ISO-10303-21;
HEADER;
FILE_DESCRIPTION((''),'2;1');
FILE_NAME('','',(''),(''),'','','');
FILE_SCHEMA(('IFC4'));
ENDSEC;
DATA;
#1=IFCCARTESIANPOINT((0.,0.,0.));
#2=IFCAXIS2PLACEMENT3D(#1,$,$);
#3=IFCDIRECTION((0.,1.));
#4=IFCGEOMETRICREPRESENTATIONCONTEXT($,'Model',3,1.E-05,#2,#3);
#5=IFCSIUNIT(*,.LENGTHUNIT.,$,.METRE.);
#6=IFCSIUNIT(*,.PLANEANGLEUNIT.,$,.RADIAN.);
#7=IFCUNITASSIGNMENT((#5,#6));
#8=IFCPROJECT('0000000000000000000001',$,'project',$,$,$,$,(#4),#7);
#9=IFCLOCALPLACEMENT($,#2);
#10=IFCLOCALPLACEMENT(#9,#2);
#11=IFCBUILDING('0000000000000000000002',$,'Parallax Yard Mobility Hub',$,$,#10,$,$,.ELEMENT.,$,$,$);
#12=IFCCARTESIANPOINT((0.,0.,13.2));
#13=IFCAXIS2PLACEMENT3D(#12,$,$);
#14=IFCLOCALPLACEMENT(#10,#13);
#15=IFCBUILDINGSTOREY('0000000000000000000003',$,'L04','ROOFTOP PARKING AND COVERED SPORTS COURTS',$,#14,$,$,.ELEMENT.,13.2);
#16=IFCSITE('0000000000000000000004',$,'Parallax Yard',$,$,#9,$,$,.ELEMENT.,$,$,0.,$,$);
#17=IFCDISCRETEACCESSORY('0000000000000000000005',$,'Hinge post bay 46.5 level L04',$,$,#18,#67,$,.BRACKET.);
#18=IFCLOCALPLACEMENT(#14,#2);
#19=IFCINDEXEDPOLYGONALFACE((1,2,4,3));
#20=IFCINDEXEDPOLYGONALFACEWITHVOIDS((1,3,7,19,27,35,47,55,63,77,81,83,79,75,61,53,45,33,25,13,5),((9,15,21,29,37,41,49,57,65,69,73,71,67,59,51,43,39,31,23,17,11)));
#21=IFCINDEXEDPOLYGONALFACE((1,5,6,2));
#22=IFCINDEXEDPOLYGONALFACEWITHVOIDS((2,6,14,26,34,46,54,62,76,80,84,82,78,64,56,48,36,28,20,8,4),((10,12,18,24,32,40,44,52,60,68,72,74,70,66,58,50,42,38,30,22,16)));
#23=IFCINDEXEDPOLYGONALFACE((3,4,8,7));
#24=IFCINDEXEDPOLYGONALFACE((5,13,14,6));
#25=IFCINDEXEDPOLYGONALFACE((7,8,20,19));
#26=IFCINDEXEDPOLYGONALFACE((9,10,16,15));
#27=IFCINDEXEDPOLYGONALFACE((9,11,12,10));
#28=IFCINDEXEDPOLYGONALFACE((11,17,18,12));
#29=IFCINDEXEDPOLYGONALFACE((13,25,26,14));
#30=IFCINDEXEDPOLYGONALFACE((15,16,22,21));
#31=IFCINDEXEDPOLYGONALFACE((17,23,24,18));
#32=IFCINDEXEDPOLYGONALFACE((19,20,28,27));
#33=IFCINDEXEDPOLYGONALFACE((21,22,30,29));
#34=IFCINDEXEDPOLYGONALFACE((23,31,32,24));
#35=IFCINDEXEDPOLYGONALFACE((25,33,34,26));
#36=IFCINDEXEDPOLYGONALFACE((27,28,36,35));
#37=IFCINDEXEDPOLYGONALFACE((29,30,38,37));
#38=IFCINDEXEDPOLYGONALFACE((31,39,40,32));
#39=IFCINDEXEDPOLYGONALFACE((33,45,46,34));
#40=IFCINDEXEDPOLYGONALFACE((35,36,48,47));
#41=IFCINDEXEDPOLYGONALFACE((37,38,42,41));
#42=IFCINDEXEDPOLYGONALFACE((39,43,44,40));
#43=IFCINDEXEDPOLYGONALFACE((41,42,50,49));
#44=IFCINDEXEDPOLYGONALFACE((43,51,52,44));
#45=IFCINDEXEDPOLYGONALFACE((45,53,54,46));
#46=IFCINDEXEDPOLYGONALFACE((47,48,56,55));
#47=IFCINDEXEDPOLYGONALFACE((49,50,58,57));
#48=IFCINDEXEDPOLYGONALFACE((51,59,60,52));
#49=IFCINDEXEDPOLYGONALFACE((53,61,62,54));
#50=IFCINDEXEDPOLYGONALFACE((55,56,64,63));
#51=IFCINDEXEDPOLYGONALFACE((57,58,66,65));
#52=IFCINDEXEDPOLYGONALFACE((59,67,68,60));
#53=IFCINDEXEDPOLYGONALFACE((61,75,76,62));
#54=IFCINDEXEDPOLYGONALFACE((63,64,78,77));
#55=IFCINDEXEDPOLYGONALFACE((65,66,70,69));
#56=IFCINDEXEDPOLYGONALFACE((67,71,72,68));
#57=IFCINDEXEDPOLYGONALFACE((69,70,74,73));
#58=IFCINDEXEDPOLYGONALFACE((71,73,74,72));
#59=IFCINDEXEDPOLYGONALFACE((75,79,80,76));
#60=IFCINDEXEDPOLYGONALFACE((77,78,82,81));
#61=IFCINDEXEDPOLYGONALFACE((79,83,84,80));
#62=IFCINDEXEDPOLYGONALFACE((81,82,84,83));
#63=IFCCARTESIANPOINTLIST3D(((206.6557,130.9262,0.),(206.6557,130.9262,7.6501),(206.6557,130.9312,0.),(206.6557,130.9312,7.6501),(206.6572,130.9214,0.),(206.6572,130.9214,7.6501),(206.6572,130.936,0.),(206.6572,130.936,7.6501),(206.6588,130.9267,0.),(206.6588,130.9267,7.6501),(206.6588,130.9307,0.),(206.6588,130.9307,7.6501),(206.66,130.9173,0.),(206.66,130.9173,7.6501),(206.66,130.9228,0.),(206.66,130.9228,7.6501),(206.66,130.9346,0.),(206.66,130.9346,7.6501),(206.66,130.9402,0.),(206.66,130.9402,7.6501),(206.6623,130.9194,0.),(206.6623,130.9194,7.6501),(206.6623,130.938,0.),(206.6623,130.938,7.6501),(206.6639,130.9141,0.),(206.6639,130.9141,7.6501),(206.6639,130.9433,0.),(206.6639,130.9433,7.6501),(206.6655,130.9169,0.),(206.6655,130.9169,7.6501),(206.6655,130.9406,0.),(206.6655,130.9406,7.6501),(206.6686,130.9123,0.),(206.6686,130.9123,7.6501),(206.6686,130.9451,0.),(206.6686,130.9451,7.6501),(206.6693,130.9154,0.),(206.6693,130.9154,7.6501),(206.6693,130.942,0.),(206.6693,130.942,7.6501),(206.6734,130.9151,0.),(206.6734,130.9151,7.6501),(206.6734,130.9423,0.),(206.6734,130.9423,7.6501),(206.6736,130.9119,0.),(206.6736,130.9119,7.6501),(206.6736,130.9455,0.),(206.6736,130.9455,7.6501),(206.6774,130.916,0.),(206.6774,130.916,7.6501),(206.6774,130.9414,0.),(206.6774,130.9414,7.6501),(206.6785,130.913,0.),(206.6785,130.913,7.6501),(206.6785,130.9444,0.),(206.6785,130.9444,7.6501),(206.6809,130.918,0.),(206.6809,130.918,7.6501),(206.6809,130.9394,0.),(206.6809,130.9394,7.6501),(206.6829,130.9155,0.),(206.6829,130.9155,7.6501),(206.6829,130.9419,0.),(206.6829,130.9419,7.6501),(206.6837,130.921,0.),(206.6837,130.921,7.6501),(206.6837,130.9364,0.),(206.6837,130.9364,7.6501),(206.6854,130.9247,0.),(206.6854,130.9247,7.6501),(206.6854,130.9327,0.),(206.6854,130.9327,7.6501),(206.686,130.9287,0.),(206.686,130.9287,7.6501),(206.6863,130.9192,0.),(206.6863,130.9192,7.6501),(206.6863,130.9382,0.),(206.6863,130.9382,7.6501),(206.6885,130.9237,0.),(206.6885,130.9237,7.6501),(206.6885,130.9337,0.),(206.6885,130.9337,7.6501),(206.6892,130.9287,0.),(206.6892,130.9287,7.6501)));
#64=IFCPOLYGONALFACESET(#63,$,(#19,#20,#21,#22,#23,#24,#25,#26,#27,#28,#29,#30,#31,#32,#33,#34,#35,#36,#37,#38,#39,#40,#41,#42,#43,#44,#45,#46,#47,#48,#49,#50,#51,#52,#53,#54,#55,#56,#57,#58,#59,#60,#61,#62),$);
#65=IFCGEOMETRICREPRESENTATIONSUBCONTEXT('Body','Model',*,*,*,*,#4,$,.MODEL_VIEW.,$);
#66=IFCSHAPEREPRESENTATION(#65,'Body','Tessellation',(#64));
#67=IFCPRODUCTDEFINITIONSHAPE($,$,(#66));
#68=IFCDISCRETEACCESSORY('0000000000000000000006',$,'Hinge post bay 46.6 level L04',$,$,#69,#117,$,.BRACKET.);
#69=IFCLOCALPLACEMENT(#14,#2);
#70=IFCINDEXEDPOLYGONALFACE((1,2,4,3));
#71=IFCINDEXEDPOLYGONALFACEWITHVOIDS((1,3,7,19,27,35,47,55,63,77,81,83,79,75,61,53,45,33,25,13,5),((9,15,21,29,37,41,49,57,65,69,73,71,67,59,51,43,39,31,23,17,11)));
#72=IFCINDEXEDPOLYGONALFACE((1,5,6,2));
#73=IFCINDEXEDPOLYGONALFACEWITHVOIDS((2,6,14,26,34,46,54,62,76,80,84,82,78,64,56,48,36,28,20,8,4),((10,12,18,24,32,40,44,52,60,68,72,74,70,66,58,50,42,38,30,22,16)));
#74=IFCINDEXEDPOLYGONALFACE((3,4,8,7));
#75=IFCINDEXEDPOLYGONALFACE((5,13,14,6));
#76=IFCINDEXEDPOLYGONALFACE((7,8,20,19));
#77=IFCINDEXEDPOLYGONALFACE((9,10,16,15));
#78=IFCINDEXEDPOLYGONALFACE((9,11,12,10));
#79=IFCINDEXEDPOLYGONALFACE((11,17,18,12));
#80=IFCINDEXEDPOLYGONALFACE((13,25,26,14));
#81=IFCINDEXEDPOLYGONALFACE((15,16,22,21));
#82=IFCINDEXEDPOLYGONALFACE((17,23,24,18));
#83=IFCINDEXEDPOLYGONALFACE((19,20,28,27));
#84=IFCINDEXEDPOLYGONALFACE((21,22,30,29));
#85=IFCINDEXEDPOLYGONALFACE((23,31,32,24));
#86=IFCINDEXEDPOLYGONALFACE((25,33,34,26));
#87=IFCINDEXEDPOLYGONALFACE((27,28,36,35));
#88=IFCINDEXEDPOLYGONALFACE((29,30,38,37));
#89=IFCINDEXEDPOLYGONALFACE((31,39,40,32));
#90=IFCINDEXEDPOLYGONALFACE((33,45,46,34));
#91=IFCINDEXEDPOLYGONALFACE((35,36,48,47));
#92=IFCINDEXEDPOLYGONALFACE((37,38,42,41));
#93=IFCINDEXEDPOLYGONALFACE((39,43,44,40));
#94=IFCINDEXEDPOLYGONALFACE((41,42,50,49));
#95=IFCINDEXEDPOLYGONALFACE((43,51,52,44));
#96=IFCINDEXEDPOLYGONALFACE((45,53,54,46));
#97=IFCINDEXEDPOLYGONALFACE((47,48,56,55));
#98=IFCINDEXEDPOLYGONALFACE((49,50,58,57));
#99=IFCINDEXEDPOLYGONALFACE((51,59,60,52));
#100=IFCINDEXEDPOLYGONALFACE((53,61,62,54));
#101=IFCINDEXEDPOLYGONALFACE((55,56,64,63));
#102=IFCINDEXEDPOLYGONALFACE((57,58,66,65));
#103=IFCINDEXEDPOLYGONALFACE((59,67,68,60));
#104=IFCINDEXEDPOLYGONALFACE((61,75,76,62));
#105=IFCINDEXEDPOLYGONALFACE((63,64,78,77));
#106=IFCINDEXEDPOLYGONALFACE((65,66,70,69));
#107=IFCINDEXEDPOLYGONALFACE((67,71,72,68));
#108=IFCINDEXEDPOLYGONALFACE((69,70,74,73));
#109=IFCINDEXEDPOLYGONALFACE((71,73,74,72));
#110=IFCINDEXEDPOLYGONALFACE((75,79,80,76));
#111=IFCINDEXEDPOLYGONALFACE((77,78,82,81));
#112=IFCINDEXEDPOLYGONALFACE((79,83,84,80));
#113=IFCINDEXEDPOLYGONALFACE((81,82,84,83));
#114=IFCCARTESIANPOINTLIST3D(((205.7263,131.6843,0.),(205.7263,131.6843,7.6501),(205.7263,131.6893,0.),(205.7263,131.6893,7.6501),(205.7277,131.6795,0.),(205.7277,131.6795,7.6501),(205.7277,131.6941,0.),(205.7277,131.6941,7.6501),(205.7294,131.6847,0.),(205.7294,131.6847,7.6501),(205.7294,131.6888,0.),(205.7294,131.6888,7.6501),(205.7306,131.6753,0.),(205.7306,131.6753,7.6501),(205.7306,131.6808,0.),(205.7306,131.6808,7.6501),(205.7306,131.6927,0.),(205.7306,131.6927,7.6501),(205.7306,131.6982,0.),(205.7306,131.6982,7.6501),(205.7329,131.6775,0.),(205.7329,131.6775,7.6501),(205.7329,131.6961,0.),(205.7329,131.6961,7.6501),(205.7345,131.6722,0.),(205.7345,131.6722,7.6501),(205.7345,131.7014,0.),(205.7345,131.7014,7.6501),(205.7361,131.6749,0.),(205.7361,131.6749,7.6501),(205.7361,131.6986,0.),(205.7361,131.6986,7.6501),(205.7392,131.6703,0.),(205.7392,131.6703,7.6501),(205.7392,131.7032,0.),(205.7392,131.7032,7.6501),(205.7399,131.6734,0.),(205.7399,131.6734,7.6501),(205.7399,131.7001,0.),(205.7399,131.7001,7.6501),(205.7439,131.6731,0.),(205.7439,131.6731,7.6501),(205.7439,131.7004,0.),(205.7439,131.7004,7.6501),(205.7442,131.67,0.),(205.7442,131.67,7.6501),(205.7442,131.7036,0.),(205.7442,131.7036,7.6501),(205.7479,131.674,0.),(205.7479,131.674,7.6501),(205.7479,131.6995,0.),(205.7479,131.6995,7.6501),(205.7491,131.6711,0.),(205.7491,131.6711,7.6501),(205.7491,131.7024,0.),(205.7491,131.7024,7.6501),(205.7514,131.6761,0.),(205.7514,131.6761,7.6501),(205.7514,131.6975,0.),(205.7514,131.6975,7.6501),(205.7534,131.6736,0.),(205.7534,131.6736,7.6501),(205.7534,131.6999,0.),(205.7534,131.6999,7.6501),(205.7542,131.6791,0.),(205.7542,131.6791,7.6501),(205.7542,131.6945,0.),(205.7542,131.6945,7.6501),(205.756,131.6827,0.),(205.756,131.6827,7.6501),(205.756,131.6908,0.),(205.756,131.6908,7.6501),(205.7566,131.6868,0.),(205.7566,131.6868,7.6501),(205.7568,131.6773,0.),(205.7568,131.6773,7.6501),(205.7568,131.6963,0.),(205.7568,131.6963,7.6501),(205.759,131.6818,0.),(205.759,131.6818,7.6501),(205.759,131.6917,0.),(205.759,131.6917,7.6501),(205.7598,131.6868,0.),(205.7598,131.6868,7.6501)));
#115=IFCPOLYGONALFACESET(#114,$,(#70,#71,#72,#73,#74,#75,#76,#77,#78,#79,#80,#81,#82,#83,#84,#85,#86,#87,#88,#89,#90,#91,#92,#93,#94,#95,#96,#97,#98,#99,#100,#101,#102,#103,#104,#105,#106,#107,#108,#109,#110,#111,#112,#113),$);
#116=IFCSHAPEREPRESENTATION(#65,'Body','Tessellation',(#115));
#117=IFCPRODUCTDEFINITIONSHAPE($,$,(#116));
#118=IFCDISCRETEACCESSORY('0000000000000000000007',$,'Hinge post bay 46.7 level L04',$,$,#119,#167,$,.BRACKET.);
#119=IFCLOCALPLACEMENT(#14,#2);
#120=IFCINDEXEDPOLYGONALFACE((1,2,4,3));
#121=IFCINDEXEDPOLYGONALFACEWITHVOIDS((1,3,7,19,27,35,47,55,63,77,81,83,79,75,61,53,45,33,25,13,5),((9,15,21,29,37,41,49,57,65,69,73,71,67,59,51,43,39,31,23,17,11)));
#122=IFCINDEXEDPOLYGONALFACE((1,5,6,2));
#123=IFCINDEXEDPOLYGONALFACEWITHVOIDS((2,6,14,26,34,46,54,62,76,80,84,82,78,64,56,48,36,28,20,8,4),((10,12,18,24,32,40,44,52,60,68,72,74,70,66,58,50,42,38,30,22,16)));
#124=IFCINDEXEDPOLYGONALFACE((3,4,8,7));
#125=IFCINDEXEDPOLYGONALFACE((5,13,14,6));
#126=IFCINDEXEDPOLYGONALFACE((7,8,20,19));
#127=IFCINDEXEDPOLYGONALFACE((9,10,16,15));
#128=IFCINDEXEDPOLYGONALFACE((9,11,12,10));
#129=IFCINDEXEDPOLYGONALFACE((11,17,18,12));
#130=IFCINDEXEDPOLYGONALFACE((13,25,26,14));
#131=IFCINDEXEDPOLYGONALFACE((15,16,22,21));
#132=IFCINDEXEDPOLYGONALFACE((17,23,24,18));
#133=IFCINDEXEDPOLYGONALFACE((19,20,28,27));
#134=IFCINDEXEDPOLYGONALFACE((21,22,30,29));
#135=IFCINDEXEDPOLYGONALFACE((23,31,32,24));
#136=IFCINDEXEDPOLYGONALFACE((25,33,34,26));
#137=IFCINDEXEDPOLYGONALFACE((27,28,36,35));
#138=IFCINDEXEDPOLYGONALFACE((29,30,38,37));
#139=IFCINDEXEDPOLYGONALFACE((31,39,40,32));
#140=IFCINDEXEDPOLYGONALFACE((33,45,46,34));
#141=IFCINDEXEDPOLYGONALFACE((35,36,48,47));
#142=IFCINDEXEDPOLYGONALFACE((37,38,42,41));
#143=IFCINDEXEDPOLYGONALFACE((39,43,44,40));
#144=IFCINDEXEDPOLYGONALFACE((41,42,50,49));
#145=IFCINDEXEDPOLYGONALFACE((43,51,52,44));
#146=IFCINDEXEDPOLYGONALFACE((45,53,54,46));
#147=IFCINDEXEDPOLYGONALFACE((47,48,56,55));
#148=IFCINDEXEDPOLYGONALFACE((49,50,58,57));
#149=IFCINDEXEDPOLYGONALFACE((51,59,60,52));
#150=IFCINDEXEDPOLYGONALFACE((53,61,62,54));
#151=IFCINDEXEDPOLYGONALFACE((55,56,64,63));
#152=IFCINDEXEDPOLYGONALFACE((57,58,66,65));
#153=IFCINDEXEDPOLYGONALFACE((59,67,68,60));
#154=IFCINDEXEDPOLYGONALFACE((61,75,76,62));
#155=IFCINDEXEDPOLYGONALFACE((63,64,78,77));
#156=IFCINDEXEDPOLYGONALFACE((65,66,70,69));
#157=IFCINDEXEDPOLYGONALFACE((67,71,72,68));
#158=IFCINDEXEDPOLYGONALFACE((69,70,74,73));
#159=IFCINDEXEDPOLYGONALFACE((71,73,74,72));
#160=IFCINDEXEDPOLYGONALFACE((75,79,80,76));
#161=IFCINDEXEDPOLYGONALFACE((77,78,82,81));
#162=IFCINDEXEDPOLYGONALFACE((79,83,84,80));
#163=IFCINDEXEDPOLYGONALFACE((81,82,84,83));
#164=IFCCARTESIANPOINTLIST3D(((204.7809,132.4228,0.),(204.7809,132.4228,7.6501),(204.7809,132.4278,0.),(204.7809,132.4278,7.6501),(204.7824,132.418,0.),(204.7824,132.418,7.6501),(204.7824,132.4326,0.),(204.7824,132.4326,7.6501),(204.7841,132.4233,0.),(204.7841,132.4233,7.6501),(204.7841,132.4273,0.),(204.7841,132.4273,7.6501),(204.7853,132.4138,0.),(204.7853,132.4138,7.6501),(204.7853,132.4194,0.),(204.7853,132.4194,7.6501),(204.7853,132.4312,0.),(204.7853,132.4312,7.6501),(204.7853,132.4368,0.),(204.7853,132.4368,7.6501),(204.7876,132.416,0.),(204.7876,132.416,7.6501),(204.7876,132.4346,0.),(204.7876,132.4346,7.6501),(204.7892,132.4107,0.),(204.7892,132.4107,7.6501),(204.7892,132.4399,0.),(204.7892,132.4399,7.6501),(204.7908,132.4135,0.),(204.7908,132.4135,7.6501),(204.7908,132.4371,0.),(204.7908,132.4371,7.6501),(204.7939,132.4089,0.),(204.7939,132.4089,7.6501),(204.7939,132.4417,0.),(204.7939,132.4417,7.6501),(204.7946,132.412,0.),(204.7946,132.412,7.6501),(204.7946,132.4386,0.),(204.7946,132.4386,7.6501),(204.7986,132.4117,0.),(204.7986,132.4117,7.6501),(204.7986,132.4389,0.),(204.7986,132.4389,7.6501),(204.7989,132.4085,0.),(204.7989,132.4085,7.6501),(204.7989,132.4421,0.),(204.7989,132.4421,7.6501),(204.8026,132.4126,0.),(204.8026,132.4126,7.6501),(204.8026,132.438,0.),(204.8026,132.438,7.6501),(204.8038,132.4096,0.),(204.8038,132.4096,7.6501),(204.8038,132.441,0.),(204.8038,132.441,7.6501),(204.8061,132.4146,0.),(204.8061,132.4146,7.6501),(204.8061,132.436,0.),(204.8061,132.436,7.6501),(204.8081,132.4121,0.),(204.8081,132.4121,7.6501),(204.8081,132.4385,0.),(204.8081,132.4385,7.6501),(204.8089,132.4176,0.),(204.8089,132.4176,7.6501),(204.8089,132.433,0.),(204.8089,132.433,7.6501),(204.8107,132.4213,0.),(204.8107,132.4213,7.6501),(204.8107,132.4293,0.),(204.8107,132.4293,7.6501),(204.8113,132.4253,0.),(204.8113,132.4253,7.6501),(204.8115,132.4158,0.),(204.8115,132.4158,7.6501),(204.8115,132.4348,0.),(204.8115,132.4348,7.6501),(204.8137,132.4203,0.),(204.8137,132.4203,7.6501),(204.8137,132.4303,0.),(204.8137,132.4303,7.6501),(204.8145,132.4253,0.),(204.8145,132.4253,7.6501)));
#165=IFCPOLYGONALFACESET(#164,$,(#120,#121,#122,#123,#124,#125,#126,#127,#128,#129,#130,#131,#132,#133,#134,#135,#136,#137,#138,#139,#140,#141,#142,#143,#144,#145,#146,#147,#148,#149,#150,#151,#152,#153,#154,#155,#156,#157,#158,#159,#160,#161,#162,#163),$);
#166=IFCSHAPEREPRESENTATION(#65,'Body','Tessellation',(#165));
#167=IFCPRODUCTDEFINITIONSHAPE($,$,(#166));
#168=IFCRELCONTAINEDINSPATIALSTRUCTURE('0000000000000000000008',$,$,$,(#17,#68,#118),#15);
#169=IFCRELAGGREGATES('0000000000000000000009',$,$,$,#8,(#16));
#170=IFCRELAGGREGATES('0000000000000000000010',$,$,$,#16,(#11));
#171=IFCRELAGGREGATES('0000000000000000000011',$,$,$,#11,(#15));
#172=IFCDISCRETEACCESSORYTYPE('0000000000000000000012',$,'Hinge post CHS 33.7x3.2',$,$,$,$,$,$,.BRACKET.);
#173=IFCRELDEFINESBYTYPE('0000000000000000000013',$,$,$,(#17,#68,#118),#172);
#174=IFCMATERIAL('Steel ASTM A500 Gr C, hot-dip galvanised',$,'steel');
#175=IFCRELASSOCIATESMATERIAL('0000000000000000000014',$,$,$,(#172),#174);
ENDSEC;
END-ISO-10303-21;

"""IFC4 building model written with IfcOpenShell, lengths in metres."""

from ifc_helpers import new_model, si_unit, direction, frame, origin, origin_2d, place, context, subcontext, project, spatial, hollow_circle, extrude, material, material_profile, profile_set, type_object, element, save


model = new_model("IFC4")

# Units and contexts
model_context = context("Model", 3, precision=1e-05, world=origin(), true_north=direction((0.0, 1.0)))
body_context = subcontext(model_context, "Body", "Model", "MODEL_VIEW")
ifc_project = project(units=[si_unit("LENGTHUNIT", "METRE"), si_unit("PLANEANGLEUNIT", "RADIAN")], contexts=[model_context])

# Site, building, storey
site_placement = place(None, origin())
site = spatial("IfcSite", under=ifc_project, at=site_placement, Name="Parallax Yard", CompositionType="ELEMENT", RefElevation=0.0)
building_placement = place(site_placement, origin())
building = spatial("IfcBuilding", under=site, at=building_placement, Name="Parallax Yard Mobility Hub", CompositionType="ELEMENT")
storey_placement = place(building_placement, frame((0.0, 0.0, 13.2)))
storey = spatial("IfcBuildingStorey", under=building, at=storey_placement, Name="L04", Description="ROOFTOP PARKING AND COVERED SPORTS COURTS", CompositionType="ELEMENT", Elevation=13.2)

# Discrete accessories
ifc_material_1 = material(Name="Steel ASTM A500 Gr C, hot-dip galvanised", Category="steel")
ifc_material_profile_1 = material_profile(ifc_material_1, hollow_circle(Radius=0.0168, WallThickness=0.0032, at=origin_2d()), Name="CHS 33.7x3.2")
ifc_profile_set_1 = profile_set([ifc_material_profile_1], Name="Steel ASTM A500 Gr C, hot-dip galvanised")
discrete_accessory_type_1 = type_object("IfcDiscreteAccessoryType", Name="Hinge post CHS 33.7x3.2", PredefinedType="BRACKET", material=ifc_profile_set_1)
for number, where, z_axis, x_axis, name in (
    (1, (206.6724, 130.9287, 0.0), (0.0, 0.0, 1.0), (1.0, 0.0, 0.0), "Hinge post bay 46.5 level L04"),
    (2, (205.7429, 131.6868, 0.0), (0.0, 0.0, 1.0), (1.0, 0.0, 0.0), "Hinge post bay 46.6 level L04"),
    (3, (204.7976, 132.4253, 0.0), (0.0, 0.0, 1.0), (1.0, 0.0, 0.0), "Hinge post bay 46.7 level L04"),
):
    element("IfcDiscreteAccessory", number, at=place(storey_placement, frame(where, z_axis=z_axis, x_axis=x_axis)), inside=storey, type_object=discrete_accessory_type_1, Name=name, PredefinedType="BRACKET", context=body_context, shape_type="SweptSolid", body=[
        extrude(hollow_circle(Radius=0.0168, WallThickness=0.0032, at=origin_2d()), origin(), (0.0, 0.0, 1.0), 7.6501),
    ])

save(model, "model.ifc")
